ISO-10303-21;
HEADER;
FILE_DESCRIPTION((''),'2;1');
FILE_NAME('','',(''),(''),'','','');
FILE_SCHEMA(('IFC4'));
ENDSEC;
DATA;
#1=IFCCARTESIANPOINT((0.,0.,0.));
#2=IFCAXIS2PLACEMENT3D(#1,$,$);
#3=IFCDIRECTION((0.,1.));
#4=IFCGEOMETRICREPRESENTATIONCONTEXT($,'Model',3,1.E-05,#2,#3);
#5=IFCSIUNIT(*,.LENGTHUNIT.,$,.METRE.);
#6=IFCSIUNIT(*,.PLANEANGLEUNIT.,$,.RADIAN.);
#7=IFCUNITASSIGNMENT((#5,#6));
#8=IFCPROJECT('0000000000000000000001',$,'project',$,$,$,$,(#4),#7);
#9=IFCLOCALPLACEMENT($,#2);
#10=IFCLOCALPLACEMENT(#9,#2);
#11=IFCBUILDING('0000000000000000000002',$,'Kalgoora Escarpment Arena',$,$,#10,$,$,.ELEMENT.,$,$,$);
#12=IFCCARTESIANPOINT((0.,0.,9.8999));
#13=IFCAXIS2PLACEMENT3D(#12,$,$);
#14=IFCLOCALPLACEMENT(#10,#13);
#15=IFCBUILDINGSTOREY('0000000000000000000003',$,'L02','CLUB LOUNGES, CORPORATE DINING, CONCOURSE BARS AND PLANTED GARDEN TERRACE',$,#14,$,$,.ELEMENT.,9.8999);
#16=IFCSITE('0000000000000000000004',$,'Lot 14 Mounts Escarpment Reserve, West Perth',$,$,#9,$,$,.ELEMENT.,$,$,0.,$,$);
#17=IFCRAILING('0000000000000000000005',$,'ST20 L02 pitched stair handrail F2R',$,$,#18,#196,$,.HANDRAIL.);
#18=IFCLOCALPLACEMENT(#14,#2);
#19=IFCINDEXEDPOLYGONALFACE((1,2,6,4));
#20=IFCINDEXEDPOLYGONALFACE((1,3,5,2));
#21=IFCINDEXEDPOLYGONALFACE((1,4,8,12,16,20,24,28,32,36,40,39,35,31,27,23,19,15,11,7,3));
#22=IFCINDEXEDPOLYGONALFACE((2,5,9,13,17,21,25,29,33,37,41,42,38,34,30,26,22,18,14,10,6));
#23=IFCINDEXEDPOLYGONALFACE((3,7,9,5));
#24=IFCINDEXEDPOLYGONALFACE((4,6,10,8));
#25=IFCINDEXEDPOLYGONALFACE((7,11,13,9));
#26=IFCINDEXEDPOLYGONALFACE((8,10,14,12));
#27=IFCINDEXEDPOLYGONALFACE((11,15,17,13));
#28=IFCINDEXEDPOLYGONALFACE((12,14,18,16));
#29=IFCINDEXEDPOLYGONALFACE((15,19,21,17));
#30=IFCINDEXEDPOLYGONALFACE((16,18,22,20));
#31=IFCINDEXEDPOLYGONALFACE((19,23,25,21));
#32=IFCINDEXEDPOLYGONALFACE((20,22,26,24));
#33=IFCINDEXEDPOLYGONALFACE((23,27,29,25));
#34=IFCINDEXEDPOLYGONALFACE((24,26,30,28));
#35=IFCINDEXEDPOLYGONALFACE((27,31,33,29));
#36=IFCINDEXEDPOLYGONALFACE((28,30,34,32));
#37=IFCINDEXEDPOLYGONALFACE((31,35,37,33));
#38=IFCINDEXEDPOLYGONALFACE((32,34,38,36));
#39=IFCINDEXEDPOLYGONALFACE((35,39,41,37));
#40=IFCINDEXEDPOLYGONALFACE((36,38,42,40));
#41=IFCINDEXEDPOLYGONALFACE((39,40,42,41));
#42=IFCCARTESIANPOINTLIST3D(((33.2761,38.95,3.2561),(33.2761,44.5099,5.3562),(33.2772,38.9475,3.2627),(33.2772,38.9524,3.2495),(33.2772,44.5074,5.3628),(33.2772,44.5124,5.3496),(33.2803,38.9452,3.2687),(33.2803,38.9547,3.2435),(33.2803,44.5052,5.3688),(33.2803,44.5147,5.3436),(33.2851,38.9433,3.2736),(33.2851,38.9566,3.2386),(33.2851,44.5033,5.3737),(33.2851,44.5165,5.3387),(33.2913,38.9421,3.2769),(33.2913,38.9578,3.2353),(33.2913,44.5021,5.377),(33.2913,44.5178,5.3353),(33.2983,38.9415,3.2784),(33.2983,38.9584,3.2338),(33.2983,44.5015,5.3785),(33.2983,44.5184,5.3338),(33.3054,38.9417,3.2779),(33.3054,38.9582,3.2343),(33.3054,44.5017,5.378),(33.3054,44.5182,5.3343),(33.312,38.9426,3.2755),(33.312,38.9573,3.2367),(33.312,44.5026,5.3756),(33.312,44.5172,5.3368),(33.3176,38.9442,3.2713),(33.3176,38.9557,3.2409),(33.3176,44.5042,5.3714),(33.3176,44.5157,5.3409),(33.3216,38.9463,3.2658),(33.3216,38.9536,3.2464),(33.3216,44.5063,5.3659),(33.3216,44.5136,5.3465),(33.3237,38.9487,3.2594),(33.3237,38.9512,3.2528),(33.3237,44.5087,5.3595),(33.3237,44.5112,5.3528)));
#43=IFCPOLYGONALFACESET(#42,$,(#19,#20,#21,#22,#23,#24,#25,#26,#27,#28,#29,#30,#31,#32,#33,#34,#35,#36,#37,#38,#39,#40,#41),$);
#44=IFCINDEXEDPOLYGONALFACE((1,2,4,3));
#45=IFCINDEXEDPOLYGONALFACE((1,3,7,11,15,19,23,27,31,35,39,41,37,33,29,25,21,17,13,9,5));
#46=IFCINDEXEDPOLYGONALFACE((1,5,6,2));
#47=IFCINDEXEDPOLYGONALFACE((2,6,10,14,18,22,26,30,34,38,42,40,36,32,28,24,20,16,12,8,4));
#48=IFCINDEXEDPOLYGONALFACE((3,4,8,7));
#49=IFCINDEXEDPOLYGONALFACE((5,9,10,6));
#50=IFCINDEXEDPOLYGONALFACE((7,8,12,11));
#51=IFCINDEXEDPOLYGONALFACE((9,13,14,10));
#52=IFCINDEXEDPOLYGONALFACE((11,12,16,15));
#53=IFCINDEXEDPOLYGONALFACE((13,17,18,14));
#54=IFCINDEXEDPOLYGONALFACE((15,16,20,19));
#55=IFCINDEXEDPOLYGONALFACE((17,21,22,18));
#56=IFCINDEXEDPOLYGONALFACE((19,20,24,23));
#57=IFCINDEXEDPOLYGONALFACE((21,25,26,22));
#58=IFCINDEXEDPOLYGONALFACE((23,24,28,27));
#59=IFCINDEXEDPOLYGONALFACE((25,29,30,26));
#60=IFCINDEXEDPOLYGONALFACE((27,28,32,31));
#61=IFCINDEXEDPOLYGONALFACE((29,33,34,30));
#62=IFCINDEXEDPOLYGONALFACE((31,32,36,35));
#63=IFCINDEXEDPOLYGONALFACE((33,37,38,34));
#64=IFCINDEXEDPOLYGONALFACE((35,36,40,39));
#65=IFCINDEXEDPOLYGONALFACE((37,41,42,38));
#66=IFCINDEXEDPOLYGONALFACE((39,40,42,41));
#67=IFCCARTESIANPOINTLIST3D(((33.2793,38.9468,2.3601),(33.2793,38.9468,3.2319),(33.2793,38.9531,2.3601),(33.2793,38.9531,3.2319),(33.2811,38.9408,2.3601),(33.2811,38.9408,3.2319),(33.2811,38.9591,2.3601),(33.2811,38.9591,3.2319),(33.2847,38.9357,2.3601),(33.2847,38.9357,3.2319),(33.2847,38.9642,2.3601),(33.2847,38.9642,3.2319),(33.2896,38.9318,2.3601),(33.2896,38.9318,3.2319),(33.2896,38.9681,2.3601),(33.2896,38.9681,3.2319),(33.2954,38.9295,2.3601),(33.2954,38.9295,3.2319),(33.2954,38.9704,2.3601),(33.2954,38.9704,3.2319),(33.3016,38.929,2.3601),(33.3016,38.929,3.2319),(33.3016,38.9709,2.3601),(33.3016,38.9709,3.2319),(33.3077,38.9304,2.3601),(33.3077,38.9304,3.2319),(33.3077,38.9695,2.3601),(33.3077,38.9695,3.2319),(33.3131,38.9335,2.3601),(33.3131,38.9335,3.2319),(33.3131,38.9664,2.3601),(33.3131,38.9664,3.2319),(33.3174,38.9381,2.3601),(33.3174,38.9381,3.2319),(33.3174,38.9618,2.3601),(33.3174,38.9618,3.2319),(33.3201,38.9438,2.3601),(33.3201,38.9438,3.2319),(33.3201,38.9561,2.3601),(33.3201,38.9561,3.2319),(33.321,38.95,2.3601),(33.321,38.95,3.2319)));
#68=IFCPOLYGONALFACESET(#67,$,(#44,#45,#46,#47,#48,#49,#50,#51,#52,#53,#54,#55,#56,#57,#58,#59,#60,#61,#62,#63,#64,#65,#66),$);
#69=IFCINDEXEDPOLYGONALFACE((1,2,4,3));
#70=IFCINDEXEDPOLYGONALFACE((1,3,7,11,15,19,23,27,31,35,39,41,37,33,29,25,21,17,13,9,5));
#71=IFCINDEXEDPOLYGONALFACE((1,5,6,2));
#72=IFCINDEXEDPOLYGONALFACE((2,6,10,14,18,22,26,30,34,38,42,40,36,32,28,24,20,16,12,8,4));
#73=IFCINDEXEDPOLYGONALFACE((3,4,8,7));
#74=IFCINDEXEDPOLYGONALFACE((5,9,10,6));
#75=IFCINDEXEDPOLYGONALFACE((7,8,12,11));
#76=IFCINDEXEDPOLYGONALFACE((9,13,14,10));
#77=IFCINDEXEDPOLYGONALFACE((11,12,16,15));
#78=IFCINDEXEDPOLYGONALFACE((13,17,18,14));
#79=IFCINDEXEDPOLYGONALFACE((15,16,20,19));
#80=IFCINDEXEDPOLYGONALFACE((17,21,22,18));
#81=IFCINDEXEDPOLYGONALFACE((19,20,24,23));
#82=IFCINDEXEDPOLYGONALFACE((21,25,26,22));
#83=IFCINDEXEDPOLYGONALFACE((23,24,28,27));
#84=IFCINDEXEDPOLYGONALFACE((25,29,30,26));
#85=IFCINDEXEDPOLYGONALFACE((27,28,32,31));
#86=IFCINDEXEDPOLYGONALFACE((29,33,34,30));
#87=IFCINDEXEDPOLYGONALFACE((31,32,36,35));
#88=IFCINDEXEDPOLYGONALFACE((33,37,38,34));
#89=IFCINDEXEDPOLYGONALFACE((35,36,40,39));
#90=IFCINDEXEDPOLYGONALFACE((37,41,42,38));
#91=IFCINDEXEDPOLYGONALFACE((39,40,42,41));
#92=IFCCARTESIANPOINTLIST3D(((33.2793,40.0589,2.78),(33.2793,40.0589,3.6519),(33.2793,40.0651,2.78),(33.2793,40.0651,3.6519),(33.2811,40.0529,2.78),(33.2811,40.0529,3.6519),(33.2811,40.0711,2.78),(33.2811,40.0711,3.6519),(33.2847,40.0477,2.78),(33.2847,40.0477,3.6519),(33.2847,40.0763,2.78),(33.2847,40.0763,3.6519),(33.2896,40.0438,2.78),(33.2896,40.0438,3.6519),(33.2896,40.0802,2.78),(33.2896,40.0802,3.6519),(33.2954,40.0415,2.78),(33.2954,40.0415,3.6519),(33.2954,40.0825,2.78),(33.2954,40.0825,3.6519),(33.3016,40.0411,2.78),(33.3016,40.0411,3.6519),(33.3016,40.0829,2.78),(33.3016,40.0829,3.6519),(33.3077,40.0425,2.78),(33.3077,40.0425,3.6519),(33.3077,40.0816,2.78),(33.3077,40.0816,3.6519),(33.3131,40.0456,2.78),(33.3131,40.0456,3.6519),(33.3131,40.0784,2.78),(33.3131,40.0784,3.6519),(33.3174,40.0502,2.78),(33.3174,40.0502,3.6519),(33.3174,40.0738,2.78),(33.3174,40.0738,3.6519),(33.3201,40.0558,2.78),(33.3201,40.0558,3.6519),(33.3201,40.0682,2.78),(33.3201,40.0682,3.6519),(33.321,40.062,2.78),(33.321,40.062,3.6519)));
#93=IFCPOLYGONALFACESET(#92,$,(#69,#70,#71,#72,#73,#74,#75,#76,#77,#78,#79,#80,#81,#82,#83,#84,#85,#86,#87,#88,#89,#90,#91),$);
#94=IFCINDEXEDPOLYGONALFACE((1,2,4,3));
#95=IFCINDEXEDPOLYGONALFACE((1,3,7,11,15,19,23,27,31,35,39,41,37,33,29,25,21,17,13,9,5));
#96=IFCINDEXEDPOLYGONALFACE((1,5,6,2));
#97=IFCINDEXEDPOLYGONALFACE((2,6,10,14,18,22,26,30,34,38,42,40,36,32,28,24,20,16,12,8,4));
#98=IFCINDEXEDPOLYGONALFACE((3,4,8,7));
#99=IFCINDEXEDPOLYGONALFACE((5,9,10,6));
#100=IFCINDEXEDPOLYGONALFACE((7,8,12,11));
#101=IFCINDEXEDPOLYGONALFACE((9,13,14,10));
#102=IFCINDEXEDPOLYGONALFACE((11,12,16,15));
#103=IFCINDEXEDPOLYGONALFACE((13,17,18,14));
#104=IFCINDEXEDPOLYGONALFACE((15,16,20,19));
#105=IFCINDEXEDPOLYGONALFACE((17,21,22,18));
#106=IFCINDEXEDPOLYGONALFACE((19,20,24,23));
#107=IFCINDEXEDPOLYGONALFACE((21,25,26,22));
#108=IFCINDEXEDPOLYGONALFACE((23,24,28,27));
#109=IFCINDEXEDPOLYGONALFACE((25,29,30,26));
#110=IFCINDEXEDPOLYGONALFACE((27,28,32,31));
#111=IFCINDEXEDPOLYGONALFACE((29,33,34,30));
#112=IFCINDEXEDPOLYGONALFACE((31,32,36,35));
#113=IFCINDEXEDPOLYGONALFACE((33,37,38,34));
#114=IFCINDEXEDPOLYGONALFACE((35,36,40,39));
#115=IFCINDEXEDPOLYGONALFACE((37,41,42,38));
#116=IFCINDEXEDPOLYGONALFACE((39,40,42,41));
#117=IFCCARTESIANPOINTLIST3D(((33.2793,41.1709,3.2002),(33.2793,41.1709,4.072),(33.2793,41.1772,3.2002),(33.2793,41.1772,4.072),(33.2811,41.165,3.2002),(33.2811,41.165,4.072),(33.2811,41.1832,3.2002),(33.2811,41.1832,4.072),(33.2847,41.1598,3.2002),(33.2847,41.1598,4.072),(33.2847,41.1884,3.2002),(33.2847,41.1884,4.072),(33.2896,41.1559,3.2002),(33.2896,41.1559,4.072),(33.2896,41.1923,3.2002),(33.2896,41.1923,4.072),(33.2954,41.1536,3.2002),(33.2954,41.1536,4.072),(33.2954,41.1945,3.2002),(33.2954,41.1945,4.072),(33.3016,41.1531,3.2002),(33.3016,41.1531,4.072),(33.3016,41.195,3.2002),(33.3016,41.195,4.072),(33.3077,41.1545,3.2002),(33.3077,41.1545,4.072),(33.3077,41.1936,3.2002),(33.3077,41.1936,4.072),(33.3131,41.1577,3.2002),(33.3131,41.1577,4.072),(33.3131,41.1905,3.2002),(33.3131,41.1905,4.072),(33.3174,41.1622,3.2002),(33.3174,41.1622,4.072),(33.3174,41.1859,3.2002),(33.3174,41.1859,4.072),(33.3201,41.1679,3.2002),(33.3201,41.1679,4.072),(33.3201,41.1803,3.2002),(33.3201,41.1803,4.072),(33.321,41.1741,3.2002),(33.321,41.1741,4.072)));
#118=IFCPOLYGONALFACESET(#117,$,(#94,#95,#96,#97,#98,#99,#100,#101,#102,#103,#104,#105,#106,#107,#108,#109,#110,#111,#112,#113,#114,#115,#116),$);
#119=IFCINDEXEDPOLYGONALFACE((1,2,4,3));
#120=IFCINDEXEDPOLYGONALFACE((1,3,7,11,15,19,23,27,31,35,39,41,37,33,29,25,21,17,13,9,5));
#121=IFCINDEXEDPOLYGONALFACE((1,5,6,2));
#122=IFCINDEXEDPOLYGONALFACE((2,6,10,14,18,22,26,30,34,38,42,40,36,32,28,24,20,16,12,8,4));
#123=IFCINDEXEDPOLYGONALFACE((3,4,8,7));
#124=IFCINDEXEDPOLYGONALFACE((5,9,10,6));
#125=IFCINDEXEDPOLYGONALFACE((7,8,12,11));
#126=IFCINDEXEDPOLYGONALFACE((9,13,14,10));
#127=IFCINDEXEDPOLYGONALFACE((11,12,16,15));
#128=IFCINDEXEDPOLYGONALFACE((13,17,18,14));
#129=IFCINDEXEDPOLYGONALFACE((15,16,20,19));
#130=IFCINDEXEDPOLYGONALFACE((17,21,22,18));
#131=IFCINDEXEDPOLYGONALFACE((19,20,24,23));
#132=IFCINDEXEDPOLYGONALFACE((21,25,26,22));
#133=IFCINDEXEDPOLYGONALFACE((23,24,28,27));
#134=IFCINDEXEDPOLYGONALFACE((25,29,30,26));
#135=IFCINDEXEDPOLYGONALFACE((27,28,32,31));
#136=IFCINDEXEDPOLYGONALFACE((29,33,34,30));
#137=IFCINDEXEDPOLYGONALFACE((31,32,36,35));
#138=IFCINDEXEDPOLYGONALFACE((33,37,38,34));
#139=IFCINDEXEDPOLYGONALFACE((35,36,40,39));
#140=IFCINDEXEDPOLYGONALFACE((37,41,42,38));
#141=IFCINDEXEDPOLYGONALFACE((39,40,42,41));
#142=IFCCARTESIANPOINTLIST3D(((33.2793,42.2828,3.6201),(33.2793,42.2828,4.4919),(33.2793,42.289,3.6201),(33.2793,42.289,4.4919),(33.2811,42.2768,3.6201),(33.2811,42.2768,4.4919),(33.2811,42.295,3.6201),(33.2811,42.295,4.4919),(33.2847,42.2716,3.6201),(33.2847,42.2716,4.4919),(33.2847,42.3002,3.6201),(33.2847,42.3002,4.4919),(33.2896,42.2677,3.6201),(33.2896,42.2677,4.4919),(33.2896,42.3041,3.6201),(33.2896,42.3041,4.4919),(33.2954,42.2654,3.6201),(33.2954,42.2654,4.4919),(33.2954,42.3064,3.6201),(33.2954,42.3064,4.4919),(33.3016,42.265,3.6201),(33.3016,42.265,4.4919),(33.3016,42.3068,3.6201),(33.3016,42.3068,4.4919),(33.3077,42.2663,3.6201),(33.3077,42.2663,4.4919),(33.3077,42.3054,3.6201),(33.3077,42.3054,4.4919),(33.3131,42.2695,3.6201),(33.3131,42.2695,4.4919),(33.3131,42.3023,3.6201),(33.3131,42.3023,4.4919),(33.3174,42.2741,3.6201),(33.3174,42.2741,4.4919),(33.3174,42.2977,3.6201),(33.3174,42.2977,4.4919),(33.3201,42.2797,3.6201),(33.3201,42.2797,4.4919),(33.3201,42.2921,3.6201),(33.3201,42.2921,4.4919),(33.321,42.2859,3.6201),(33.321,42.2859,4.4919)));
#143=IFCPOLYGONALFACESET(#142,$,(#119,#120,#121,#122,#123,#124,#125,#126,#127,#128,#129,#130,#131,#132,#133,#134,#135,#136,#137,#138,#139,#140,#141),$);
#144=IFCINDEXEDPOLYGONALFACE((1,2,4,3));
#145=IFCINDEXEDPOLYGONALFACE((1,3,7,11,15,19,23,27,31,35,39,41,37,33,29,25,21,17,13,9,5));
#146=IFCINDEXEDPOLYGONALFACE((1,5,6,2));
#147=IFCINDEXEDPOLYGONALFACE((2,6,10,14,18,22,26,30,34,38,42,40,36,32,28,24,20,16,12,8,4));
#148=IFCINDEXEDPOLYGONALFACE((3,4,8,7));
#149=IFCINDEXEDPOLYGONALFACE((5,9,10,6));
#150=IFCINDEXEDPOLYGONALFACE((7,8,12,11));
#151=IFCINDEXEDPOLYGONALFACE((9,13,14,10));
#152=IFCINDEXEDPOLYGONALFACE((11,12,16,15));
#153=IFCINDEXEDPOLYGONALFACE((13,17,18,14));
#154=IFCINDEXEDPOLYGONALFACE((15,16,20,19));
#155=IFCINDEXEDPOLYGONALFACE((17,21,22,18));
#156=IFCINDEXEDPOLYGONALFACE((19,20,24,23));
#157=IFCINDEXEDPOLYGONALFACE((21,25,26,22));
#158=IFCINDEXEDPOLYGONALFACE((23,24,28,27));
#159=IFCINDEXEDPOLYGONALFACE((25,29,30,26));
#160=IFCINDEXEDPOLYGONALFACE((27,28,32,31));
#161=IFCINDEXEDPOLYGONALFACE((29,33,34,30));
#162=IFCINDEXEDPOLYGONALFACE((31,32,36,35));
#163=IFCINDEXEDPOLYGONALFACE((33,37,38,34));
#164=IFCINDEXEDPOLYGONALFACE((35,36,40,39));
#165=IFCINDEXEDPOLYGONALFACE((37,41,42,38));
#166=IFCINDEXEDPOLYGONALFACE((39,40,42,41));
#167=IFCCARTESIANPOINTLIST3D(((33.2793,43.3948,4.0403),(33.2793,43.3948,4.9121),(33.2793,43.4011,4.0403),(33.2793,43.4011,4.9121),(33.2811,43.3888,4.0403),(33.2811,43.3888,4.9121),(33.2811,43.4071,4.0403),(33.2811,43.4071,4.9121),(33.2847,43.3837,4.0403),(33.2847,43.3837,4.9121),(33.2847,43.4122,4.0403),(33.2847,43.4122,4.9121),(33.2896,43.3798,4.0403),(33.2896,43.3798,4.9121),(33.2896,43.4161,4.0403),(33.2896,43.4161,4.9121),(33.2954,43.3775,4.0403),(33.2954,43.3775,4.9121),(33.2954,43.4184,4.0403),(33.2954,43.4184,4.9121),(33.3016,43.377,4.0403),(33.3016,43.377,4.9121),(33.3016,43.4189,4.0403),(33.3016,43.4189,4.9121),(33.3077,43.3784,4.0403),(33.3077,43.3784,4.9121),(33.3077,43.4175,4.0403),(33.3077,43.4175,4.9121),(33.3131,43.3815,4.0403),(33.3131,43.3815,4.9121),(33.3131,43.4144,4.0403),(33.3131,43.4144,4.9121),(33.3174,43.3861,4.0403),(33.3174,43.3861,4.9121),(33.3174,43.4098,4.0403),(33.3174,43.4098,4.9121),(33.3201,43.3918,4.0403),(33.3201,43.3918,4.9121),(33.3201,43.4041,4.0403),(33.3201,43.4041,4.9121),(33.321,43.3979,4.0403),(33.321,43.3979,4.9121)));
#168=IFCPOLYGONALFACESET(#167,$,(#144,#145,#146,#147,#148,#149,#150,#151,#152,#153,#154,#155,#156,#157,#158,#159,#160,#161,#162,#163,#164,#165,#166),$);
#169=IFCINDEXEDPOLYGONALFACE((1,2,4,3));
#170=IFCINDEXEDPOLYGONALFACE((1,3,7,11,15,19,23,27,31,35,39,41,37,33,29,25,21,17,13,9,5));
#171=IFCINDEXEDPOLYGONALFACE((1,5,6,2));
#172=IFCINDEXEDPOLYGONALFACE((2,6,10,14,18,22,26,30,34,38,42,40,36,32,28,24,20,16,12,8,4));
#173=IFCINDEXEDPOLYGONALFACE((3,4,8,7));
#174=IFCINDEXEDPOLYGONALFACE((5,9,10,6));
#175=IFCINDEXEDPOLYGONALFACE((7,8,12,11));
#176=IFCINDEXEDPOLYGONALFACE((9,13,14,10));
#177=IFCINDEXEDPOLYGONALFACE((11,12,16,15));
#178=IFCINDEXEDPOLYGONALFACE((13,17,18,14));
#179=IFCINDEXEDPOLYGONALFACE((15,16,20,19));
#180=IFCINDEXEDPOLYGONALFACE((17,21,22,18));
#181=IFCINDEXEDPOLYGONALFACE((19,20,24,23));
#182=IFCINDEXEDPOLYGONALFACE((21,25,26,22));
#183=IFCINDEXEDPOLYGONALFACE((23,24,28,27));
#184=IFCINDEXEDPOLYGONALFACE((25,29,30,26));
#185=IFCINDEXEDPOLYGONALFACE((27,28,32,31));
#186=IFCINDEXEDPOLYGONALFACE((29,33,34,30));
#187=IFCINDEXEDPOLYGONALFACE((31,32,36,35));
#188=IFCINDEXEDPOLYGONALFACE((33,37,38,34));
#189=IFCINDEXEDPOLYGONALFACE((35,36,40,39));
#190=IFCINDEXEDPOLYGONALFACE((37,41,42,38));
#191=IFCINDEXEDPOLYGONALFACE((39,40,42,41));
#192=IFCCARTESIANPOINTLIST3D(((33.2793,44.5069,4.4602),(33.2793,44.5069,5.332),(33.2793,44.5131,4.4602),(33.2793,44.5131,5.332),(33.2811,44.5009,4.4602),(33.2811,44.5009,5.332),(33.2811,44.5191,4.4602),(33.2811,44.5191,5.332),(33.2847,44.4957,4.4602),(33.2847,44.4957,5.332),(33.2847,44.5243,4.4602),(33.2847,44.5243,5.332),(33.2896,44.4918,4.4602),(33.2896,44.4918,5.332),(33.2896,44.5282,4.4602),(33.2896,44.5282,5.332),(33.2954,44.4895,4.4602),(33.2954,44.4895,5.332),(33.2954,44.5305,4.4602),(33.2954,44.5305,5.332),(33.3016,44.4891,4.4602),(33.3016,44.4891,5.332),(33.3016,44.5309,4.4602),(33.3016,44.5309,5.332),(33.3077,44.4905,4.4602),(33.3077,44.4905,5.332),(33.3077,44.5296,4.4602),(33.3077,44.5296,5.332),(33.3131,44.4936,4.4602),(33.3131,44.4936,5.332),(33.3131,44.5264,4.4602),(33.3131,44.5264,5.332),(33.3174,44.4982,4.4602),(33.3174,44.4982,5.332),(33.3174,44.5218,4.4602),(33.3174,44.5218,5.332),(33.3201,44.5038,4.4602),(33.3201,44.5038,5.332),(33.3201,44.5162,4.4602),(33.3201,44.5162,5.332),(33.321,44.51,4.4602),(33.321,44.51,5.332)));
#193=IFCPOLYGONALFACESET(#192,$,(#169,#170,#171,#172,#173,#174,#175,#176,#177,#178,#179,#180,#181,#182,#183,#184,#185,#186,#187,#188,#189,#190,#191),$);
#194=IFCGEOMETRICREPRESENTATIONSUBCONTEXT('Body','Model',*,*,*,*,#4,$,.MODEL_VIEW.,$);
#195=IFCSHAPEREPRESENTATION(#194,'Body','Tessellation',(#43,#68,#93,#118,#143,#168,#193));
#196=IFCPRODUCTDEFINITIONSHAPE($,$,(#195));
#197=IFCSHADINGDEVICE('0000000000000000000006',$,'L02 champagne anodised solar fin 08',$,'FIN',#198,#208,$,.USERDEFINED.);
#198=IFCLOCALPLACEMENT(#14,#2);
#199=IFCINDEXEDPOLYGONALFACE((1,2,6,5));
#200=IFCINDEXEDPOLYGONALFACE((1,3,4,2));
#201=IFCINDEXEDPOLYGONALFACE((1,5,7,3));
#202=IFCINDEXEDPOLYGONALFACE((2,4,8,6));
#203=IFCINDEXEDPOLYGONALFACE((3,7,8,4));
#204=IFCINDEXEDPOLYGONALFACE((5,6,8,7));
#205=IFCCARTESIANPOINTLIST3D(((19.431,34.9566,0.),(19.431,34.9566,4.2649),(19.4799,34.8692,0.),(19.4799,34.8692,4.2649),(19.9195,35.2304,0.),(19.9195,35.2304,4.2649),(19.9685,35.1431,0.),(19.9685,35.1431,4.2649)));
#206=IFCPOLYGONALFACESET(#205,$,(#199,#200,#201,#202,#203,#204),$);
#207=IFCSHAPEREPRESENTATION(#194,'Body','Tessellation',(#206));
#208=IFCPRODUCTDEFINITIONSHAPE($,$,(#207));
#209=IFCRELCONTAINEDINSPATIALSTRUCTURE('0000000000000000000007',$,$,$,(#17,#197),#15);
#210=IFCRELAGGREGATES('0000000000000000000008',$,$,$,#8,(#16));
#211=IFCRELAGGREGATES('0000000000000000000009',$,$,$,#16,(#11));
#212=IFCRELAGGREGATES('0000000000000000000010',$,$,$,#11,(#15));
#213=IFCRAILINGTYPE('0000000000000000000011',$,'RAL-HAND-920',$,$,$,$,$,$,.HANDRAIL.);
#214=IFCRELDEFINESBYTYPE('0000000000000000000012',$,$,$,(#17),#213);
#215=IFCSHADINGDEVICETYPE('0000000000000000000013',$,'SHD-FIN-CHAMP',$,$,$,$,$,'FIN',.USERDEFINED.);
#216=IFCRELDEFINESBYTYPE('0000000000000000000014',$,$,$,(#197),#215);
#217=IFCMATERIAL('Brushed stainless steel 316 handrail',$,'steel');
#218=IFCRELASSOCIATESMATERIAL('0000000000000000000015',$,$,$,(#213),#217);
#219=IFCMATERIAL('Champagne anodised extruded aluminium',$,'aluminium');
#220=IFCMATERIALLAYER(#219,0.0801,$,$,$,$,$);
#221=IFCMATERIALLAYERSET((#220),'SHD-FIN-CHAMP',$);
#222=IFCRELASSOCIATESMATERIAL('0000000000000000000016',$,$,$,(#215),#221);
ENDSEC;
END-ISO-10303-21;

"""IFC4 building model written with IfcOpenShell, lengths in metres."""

from ifc_helpers import new_model, si_unit, direction, frame, origin, origin_2d, place, context, subcontext, project, spatial, rectangle, circle, extrude, material, layer, layer_set, type_object, element, save


model = new_model("IFC4")

# Units and contexts
model_context = context("Model", 3, precision=1e-05, world=origin(), true_north=direction((0.0, 1.0)))
body_context = subcontext(model_context, "Body", "Model", "MODEL_VIEW")
ifc_project = project(units=[si_unit("LENGTHUNIT", "METRE"), si_unit("PLANEANGLEUNIT", "RADIAN")], contexts=[model_context])

# Site, building, storey
site_placement = place(None, origin())
site = spatial("IfcSite", under=ifc_project, at=site_placement, Name="Lot 14 Mounts Escarpment Reserve, West Perth", CompositionType="ELEMENT", RefElevation=0.0)
building_placement = place(site_placement, origin())
building = spatial("IfcBuilding", under=site, at=building_placement, Name="Kalgoora Escarpment Arena", CompositionType="ELEMENT")
storey_placement = place(building_placement, frame((0.0, 0.0, 9.8999)))
storey = spatial("IfcBuildingStorey", under=building, at=storey_placement, Name="L02", Description="CLUB LOUNGES, CORPORATE DINING, CONCOURSE BARS AND PLANTED GARDEN TERRACE", CompositionType="ELEMENT", Elevation=9.8999)

# Railing
ifc_material_1 = material(Name="Brushed stainless steel 316 handrail", Category="steel")
railing_type_1 = type_object("IfcRailingType", Name="RAL-HAND-920", PredefinedType="HANDRAIL", material=ifc_material_1)
for number, where, name in (
    (1, (33.3, 38.95, 2.3601), "ST20 L02 pitched stair handrail F2R"),
):
    element("IfcRailing", number, at=place(storey_placement, frame(where)), inside=storey, type_object=railing_type_1, Name=name, PredefinedType="HANDRAIL", context=body_context, shape_type="SweptSolid", body=[
        extrude(circle(Radius=0.0239, at=origin_2d()), frame((0.0, 0.0, 0.896), z_axis=(0.0, 0.935493, 0.353346), x_axis=(-1.0, 0.0, 0.0)), (0.0, 0.0, 1.0), 5.9434),
        extrude(circle(Radius=0.021, at=origin_2d()), origin(), (0.0, 0.0, 1.0), 0.8718),
        extrude(circle(Radius=0.021, at=origin_2d()), frame((0.0, 1.1121, 0.4199)), (0.0, 0.0, 1.0), 0.8718),
        extrude(circle(Radius=0.021, at=origin_2d()), frame((0.0, 2.2241, 0.8401)), (0.0, 0.0, 1.0), 0.8718),
        extrude(circle(Radius=0.021, at=origin_2d()), frame((0.0, 3.3359, 1.26)), (0.0, 0.0, 1.0), 0.8718),
        extrude(circle(Radius=0.021, at=origin_2d()), frame((0.0, 4.448, 1.6802)), (0.0, 0.0, 1.0), 0.8718),
        extrude(circle(Radius=0.021, at=origin_2d()), frame((0.0, 5.5601, 2.1001)), (0.0, 0.0, 1.0), 0.8718),
    ])

# Shading device
ifc_material_2 = material(Name="Champagne anodised extruded aluminium", Category="aluminium")
ifc_layer_1 = layer(ifc_material_2, 0.0801)
ifc_layer_set_1 = layer_set([ifc_layer_1], Name="SHD-FIN-CHAMP")
shading_device_type = type_object("IfcShadingDeviceType", Name="SHD-FIN-CHAMP", ElementType="FIN", PredefinedType="USERDEFINED", material=ifc_layer_set_1)
shading_device_placement = place(storey_placement, frame((19.6997, 35.0498, 0.0), z_axis=(0.0, 0.0, 1.0), x_axis=(-0.872325, -0.488926, 0.0)))
element("IfcShadingDevice", 2, at=shading_device_placement, inside=storey, type_object=shading_device_type, Name="L02 champagne anodised solar fin 08", ObjectType="FIN", PredefinedType="USERDEFINED", context=body_context, shape_type="SweptSolid", body=[
    extrude(rectangle(XDim=0.5601, YDim=0.1001, at=origin_2d()), origin(), (0.0, 0.0, 1.0), 4.2649),
])

save(model, "model.ifc")
